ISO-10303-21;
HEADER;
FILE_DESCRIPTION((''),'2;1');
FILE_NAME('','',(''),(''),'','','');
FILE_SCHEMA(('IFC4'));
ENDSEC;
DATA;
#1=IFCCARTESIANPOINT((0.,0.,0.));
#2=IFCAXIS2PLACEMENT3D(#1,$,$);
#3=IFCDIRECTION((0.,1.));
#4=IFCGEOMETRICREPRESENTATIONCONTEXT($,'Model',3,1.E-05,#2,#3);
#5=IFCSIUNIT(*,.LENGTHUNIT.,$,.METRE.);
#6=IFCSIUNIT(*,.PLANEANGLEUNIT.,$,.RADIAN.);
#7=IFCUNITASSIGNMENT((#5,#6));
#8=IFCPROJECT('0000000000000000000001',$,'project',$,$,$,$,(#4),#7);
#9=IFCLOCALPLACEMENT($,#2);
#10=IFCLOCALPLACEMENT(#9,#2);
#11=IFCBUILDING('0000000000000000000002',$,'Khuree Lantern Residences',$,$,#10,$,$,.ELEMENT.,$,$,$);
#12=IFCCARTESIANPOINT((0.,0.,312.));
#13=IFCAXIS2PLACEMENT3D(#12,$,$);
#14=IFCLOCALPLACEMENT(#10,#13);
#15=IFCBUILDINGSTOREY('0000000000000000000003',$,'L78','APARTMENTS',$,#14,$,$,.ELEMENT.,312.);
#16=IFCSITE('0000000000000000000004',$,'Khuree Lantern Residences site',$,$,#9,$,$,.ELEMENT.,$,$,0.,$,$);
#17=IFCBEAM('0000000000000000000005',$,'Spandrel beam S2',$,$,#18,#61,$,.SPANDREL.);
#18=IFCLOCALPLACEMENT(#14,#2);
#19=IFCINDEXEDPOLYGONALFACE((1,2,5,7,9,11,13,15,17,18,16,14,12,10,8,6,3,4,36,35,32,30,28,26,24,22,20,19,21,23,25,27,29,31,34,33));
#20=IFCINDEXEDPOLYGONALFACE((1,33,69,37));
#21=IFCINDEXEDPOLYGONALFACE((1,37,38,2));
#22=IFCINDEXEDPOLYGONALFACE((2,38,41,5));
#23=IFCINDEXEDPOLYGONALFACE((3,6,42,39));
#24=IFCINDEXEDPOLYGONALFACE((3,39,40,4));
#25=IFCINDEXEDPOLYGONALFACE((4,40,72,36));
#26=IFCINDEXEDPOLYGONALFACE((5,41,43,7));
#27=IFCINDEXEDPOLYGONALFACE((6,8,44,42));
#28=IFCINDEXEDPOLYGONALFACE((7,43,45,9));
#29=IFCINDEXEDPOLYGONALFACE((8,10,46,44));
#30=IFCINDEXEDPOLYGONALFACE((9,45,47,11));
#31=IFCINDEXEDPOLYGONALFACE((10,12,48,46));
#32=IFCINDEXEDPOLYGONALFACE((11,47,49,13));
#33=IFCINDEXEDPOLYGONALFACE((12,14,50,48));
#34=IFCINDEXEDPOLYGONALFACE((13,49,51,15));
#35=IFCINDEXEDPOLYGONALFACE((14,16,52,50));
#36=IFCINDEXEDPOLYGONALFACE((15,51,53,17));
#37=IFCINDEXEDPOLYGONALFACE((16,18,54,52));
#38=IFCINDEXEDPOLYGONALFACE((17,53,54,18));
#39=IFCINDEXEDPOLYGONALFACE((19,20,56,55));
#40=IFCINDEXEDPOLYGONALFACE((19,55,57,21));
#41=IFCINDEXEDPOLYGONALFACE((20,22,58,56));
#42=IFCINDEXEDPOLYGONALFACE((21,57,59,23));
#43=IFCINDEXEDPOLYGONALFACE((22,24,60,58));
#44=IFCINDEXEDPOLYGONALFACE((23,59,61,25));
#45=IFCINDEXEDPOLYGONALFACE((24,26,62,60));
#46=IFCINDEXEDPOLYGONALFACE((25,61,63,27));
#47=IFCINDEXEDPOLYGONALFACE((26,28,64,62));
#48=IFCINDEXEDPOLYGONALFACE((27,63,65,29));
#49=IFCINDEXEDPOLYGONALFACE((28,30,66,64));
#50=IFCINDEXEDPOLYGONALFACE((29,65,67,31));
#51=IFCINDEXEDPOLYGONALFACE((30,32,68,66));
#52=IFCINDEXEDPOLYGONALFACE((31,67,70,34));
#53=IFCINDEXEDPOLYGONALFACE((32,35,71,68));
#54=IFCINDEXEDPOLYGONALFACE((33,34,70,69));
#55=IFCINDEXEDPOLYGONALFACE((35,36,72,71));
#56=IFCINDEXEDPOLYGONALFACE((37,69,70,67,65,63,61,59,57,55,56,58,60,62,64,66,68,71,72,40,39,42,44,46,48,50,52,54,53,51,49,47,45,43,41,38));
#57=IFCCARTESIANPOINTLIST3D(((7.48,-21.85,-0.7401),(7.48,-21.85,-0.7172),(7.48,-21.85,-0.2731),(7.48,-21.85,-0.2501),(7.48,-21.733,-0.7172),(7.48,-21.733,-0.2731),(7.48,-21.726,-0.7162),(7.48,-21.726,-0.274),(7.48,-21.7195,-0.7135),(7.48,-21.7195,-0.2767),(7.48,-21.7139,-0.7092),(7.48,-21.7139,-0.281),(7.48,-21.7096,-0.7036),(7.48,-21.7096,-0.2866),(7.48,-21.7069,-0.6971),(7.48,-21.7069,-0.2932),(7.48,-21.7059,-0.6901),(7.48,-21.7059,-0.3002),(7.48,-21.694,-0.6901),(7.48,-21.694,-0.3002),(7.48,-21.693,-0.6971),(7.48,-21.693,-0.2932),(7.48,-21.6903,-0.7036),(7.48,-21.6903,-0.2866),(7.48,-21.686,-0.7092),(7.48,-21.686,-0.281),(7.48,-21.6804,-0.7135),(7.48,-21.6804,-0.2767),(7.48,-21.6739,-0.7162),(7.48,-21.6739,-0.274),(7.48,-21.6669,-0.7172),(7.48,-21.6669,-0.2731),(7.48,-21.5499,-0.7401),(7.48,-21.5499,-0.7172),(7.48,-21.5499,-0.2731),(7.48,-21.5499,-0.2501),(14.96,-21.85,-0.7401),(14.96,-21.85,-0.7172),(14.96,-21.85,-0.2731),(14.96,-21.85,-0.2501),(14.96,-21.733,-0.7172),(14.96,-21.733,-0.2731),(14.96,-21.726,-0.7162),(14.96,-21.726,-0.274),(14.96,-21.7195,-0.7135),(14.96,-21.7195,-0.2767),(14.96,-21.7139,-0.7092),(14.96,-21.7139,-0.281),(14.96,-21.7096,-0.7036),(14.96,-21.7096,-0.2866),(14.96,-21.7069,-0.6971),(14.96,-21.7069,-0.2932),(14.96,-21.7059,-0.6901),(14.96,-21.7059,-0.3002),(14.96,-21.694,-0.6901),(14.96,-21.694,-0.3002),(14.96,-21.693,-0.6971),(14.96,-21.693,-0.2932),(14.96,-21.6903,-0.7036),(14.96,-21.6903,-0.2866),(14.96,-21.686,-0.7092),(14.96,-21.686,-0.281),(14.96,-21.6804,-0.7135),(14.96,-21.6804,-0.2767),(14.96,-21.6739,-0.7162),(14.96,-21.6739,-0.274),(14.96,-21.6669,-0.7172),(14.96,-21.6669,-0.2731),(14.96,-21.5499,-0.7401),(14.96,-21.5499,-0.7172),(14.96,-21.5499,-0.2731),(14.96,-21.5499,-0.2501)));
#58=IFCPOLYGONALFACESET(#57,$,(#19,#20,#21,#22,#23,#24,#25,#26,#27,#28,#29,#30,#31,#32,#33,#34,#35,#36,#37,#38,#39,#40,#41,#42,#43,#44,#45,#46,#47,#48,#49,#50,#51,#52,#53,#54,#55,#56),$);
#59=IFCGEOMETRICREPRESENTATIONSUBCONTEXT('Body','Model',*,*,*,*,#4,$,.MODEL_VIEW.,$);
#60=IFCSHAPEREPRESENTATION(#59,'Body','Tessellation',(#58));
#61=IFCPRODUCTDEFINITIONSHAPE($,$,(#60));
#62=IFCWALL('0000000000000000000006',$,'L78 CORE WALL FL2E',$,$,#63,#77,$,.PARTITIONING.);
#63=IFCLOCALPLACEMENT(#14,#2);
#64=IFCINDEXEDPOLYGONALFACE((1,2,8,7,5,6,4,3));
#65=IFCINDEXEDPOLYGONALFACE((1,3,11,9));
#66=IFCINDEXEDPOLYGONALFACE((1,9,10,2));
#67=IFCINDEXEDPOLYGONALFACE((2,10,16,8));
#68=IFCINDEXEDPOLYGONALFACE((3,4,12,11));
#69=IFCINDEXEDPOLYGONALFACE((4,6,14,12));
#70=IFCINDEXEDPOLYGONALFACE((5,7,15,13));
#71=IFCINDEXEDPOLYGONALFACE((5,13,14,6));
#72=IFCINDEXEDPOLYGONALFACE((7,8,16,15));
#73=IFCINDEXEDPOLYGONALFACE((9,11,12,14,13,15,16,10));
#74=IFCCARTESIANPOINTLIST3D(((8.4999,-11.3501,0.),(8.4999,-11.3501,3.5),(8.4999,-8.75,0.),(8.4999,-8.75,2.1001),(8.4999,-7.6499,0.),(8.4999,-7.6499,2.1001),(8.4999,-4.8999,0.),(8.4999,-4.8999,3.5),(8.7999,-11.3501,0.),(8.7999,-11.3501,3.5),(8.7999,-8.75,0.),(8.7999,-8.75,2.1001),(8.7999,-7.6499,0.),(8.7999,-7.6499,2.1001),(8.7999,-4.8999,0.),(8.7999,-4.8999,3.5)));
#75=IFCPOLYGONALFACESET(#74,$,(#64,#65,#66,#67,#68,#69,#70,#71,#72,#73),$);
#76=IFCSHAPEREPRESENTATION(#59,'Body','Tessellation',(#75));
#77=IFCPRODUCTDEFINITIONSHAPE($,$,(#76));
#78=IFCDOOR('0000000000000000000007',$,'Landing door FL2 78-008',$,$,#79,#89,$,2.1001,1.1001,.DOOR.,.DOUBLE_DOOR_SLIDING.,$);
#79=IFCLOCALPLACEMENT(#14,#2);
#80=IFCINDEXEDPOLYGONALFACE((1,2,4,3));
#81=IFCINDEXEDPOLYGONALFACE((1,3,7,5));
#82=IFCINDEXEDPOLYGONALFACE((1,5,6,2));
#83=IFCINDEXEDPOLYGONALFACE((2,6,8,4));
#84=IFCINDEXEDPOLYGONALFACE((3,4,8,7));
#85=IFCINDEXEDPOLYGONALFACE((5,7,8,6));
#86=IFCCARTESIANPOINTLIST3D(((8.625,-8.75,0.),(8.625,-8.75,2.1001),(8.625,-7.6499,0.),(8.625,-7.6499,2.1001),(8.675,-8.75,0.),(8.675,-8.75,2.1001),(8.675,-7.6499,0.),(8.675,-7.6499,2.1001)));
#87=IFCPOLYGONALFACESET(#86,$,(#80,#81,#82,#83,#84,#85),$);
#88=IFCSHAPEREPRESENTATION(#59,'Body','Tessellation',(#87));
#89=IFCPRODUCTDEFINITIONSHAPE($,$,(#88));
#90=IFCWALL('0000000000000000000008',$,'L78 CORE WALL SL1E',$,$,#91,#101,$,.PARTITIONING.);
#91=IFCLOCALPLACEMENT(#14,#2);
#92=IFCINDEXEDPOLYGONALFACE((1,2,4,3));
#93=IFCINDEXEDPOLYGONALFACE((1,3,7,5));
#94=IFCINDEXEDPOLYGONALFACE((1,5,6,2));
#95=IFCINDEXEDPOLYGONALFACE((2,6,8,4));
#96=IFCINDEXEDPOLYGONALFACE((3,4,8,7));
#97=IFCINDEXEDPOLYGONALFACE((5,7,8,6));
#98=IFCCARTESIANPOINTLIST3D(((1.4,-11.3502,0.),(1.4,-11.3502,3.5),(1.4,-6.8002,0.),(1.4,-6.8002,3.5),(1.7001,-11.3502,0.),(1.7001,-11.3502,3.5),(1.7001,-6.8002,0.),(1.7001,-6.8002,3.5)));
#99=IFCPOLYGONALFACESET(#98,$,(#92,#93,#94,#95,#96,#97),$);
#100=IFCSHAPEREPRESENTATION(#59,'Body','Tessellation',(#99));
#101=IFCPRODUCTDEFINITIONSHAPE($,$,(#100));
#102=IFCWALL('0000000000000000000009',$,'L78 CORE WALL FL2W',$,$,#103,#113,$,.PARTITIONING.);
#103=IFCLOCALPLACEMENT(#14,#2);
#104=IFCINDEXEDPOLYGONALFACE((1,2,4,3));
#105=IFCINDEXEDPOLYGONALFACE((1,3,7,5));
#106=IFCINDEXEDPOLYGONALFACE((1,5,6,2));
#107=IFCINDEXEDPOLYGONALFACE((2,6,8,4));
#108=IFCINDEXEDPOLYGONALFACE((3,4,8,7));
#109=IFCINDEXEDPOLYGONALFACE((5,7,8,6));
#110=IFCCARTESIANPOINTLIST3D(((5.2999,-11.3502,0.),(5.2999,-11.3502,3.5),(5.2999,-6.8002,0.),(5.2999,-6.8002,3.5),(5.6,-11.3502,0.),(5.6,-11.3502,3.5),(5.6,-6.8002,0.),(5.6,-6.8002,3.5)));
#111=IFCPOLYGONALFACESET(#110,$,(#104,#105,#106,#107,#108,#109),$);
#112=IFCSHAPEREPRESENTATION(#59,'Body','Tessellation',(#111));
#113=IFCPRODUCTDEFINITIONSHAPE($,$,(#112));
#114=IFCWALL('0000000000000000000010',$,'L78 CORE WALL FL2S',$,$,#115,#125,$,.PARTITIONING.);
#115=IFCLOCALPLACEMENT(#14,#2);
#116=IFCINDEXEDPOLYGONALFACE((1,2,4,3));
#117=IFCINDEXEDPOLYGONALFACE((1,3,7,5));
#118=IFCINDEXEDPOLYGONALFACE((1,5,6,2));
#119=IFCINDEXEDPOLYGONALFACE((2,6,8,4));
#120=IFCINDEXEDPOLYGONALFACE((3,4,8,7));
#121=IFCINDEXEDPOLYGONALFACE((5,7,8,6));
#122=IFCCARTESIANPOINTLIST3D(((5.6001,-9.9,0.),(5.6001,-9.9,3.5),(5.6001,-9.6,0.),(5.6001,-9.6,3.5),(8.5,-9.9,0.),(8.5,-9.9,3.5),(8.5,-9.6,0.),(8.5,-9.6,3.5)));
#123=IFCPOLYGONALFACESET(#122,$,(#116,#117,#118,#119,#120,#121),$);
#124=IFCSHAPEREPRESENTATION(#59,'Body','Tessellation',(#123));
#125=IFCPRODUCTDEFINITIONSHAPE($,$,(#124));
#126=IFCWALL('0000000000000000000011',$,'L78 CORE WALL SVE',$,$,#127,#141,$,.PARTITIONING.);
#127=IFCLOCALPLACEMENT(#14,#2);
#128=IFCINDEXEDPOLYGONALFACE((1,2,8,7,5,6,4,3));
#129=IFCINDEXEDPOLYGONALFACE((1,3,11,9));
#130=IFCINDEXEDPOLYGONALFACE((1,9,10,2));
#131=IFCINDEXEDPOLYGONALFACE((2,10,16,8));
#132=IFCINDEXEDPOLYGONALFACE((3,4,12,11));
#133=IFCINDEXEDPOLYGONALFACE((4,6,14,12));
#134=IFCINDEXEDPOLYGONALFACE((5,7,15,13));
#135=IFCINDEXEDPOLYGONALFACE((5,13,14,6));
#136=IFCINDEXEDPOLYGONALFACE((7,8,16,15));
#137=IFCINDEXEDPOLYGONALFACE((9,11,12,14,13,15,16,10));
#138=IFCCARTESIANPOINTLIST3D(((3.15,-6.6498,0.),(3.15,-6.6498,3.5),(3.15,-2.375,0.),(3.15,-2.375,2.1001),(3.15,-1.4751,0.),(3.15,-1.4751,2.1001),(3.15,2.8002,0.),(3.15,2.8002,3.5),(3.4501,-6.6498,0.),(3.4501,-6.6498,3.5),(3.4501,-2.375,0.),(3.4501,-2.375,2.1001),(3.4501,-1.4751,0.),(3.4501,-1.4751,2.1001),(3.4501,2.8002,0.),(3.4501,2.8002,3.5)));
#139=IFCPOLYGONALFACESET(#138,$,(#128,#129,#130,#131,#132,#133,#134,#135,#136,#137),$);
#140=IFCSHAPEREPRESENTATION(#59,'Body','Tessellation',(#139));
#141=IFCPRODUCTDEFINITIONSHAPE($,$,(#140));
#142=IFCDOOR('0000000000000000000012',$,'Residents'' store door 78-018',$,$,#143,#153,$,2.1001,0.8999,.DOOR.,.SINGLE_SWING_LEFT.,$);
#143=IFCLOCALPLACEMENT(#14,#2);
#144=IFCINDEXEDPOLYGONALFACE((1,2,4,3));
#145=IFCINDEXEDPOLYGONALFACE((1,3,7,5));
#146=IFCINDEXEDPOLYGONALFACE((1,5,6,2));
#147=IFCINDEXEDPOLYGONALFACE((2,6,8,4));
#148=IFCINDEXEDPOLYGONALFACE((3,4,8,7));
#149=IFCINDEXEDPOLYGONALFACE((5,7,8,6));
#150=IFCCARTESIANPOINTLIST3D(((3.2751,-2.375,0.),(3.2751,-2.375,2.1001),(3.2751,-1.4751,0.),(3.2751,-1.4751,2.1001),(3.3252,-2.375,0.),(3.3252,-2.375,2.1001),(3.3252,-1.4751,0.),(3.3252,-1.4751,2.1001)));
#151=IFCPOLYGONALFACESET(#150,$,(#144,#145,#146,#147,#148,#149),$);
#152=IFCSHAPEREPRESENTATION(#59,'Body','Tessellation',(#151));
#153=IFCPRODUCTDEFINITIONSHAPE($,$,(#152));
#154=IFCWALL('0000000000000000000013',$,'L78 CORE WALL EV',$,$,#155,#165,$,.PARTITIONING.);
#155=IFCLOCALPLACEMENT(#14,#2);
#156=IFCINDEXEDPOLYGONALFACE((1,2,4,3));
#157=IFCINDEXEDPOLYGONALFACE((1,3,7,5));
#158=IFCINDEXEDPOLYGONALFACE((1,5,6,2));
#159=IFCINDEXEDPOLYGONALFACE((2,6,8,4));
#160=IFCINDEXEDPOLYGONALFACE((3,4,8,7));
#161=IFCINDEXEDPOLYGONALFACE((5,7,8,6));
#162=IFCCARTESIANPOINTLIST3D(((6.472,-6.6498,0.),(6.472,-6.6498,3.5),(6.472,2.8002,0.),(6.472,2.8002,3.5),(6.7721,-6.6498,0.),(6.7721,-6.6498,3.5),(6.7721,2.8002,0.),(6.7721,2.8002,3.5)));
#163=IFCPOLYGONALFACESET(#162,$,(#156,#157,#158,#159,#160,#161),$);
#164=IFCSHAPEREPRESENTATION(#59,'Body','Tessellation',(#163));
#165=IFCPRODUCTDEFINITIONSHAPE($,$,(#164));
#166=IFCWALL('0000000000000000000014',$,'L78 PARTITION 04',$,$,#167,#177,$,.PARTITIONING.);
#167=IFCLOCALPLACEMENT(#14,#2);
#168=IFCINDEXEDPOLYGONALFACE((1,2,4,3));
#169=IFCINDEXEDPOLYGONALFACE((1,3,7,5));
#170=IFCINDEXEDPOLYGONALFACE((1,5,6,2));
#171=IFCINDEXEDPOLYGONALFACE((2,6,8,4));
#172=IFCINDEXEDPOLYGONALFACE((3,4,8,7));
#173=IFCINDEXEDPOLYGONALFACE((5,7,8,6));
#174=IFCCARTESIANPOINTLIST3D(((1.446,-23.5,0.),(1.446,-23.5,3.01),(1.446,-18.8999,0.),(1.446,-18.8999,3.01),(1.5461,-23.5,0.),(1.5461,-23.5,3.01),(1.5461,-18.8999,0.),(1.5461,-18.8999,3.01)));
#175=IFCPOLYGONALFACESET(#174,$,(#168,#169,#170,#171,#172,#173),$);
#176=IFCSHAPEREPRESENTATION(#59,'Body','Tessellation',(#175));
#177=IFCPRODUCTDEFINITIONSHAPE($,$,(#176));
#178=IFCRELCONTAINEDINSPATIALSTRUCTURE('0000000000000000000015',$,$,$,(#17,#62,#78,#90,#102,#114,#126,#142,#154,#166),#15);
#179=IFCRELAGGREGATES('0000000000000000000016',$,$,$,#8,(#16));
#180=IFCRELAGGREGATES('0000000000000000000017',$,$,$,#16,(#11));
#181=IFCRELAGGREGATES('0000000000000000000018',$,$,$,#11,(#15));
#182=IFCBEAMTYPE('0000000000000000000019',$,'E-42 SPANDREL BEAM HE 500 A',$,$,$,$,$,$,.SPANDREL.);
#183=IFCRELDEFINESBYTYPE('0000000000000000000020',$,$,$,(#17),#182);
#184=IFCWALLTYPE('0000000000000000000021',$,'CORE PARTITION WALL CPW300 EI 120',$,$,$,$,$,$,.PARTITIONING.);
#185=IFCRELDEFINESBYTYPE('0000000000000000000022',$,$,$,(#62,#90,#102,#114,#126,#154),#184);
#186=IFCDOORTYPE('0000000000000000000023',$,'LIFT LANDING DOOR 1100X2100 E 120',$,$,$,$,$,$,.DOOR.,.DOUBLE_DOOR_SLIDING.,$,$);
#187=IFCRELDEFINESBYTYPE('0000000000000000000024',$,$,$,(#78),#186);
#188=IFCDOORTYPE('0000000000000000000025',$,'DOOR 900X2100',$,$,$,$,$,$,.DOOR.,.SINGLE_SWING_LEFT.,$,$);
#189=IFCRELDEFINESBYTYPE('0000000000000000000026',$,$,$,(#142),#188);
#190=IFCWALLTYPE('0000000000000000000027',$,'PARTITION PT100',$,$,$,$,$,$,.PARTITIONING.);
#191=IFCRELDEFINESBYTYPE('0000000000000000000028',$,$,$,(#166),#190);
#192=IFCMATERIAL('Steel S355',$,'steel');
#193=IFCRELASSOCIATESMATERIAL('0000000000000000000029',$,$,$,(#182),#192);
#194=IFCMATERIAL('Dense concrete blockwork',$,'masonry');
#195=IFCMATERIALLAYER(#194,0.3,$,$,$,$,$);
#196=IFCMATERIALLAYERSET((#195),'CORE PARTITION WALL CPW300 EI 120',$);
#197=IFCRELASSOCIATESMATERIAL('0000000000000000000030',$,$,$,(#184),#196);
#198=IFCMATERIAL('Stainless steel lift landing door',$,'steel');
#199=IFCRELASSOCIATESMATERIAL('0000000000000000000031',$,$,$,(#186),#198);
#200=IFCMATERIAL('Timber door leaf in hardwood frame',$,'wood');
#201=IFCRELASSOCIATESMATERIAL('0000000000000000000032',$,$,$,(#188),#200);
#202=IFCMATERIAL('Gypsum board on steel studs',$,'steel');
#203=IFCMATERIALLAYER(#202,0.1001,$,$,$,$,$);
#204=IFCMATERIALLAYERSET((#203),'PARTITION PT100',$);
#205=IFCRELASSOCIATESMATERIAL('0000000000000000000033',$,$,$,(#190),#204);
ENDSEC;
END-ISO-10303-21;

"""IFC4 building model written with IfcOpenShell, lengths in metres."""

from ifc_helpers import new_model, si_unit, direction, frame, frame_2d, origin, origin_2d, place, context, subcontext, project, spatial, rectangle, i_section, extrude, material, layer, layer_set, material_profile, profile_set, type_object, element, fill, save


model = new_model("IFC4")

# Units and contexts
model_context = context("Model", 3, precision=1e-05, world=origin(), true_north=direction((0.0, 1.0)))
body_context = subcontext(model_context, "Body", "Model", "MODEL_VIEW")
ifc_project = project(units=[si_unit("LENGTHUNIT", "METRE"), si_unit("PLANEANGLEUNIT", "RADIAN")], contexts=[model_context])

# Site, building, storey
site_placement = place(None, origin())
site = spatial("IfcSite", under=ifc_project, at=site_placement, Name="Khuree Lantern Residences site", CompositionType="ELEMENT", RefElevation=0.0)
building_placement = place(site_placement, origin())
building = spatial("IfcBuilding", under=site, at=building_placement, Name="Khuree Lantern Residences", CompositionType="ELEMENT")
storey_placement = place(building_placement, frame((0.0, 0.0, 312.0)))
storey = spatial("IfcBuildingStorey", under=building, at=storey_placement, Name="L78", Description="APARTMENTS", CompositionType="ELEMENT", Elevation=312.0)

# Beam
ifc_material_1 = material(Name="Steel S355", Category="steel")
ifc_material_profile = material_profile(ifc_material_1, i_section(OverallWidth=0.3, OverallDepth=0.49, WebThickness=0.012, FlangeThickness=0.0229, FilletRadius=0.0271, at=origin_2d()), Name="HE 500 A")
ifc_profile_set = profile_set([ifc_material_profile], Name="Steel S355")
beam_type = type_object("IfcBeamType", Name="E-42 SPANDREL BEAM HE 500 A", PredefinedType="SPANDREL", material=ifc_profile_set)
beam_placement = place(storey_placement, frame((14.96, -21.7, -0.4951), z_axis=(-1.0, 0.0, 0.0), x_axis=(0.0, -1.0, 0.0)))
element("IfcBeam", 1, at=beam_placement, inside=storey, type_object=beam_type, Name="Spandrel beam S2", PredefinedType="SPANDREL", context=body_context, shape_type="SweptSolid", body=[
    extrude(i_section(OverallWidth=0.3, OverallDepth=0.49, WebThickness=0.012, FlangeThickness=0.0229, FilletRadius=0.0271, at=origin_2d()), origin(), (0.0, 0.0, 1.0), 7.48),
])

# Wall, opening, door
ifc_material_2 = material(Name="Dense concrete blockwork", Category="masonry")
ifc_layer_1 = layer(ifc_material_2, 0.3)
ifc_layer_set_1 = layer_set([ifc_layer_1], Name="CORE PARTITION WALL CPW300 EI 120")
wall_type_1 = type_object("IfcWallType", Name="CORE PARTITION WALL CPW300 EI 120", PredefinedType="PARTITIONING", material=ifc_layer_set_1)
wall_1_placement = place(storey_placement, frame((8.6499, -11.3501, 0.0), z_axis=(0.0, 0.0, 1.0), x_axis=(0.0, 1.0, 0.0)))
wall_1 = element("IfcWall", 2, at=wall_1_placement, inside=storey, type_object=wall_type_1, Name="L78 CORE WALL FL2E", PredefinedType="PARTITIONING", context=body_context, shape_type="SweptSolid", body=[
    extrude(rectangle(XDim=6.4502, YDim=0.3, at=frame_2d((3.2251, 0.0))), origin(), (0.0, 0.0, 1.0), 3.5),
])
opening_1_placement = place(wall_1_placement, frame((2.6001, 0.0, 0.0)))
opening_1 = element("IfcOpeningElement", 3, at=opening_1_placement, cuts=wall_1, PredefinedType="OPENING", context=body_context, shape_type="SweptSolid", body=[
    extrude(rectangle(XDim=1.1001, YDim=2.1001, at=frame_2d((0.55, 1.05))), frame((0.0, 0.1602, 0.0), z_axis=(0.0, -1.0, 0.0), x_axis=(1.0, 0.0, 0.0)), (0.0, 0.0, 1.0), 0.3201),
])
ifc_material_3 = material(Name="Stainless steel lift landing door", Category="steel")
door_type_1 = type_object("IfcDoorType", Name="LIFT LANDING DOOR 1100X2100 E 120", OperationType="DOUBLE_DOOR_SLIDING", PredefinedType="DOOR", material=ifc_material_3)
door_1_placement = place(opening_1_placement, origin())
door_1 = element("IfcDoor", 4, at=door_1_placement, inside=storey, type_object=door_type_1, Name="Landing door FL2 78-008", OperationType="DOUBLE_DOOR_SLIDING", OverallHeight=2.1001, OverallWidth=1.1001, PredefinedType="DOOR", context=body_context, shape_type="SweptSolid", body=[
    extrude(rectangle(XDim=1.1001, YDim=2.1001, at=frame_2d((0.55, 1.05))), frame((0.0, 0.0249, 0.0), z_axis=(0.0, -1.0, 0.0), x_axis=(1.0, 0.0, 0.0)), (0.0, 0.0, 1.0), 0.05),
])
fill(opening_1, door_1)

# Walls
for number, where, z_axis, x_axis, name in (
    (5, (1.55, -11.3501, 0.0), (0.0, 0.0, 1.0), (0.0, 1.0, 0.0), "L78 CORE WALL SL1E"),
    (6, (5.45, -11.3501, 0.0), (0.0, 0.0, 1.0), (0.0, 1.0, 0.0), "L78 CORE WALL FL2W"),
):
    element("IfcWall", number, at=place(storey_placement, frame(where, z_axis=z_axis, x_axis=x_axis)), inside=storey, type_object=wall_type_1, Name=name, PredefinedType="PARTITIONING", context=body_context, shape_type="SweptSolid", body=[
        extrude(rectangle(XDim=4.55, YDim=0.3, at=frame_2d((2.2749, 0.0))), origin(), (0.0, 0.0, 1.0), 3.5),
    ])
wall_2_placement = place(storey_placement, frame((5.6001, -9.75, 0.0), z_axis=(0.0, 0.0, 1.0), x_axis=(1.0, 0.0, 0.0)))
element("IfcWall", 7, at=wall_2_placement, inside=storey, type_object=wall_type_1, Name="L78 CORE WALL FL2S", PredefinedType="PARTITIONING", context=body_context, shape_type="SweptSolid", body=[
    extrude(rectangle(XDim=2.8999, YDim=0.3, at=frame_2d((1.45, 0.0))), origin(), (0.0, 0.0, 1.0), 3.5),
])

# Wall, opening, door
wall_3_placement = place(storey_placement, frame((3.3, -6.6499, 0.0), z_axis=(0.0, 0.0, 1.0), x_axis=(0.0, 1.0, 0.0)))
wall_3 = element("IfcWall", 8, at=wall_3_placement, inside=storey, type_object=wall_type_1, Name="L78 CORE WALL SVE", PredefinedType="PARTITIONING", context=body_context, shape_type="SweptSolid", body=[
    extrude(rectangle(XDim=9.45, YDim=0.3, at=frame_2d((4.7251, 0.0))), origin(), (0.0, 0.0, 1.0), 3.5),
])
opening_2_placement = place(wall_3_placement, frame((4.2749, 0.0, 0.0)))
opening_2 = element("IfcOpeningElement", 9, at=opening_2_placement, cuts=wall_3, PredefinedType="OPENING", context=body_context, shape_type="SweptSolid", body=[
    extrude(rectangle(XDim=0.8999, YDim=2.1001, at=frame_2d((0.45, 1.05))), frame((0.0, 0.1602, 0.0), z_axis=(0.0, -1.0, 0.0), x_axis=(1.0, 0.0, 0.0)), (0.0, 0.0, 1.0), 0.3201),
])
ifc_material_4 = material(Name="Timber door leaf in hardwood frame", Category="wood")
door_type_2 = type_object("IfcDoorType", Name="DOOR 900X2100", OperationType="SINGLE_SWING_LEFT", PredefinedType="DOOR", material=ifc_material_4)
door_2_placement = place(opening_2_placement, origin())
door_2 = element("IfcDoor", 10, at=door_2_placement, inside=storey, type_object=door_type_2, Name="Residents' store door 78-018", OperationType="SINGLE_SWING_LEFT", OverallHeight=2.1001, OverallWidth=0.8999, PredefinedType="DOOR", context=body_context, shape_type="SweptSolid", body=[
    extrude(rectangle(XDim=0.8999, YDim=2.1001, at=frame_2d((0.45, 1.05))), frame((0.0, 0.0249, 0.0), z_axis=(0.0, -1.0, 0.0), x_axis=(1.0, 0.0, 0.0)), (0.0, 0.0, 1.0), 0.05),
])
fill(opening_2, door_2)

# Walls
wall_4_placement = place(storey_placement, frame((6.6221, -6.6499, 0.0), z_axis=(0.0, 0.0, 1.0), x_axis=(0.0, 1.0, 0.0)))
element("IfcWall", 11, at=wall_4_placement, inside=storey, type_object=wall_type_1, Name="L78 CORE WALL EV", PredefinedType="PARTITIONING", context=body_context, shape_type="SweptSolid", body=[
    extrude(rectangle(XDim=9.45, YDim=0.3, at=frame_2d((4.7251, 0.0))), origin(), (0.0, 0.0, 1.0), 3.5),
])
ifc_material_5 = material(Name="Gypsum board on steel studs", Category="steel")
ifc_layer_2 = layer(ifc_material_5, 0.1001)
ifc_layer_set_2 = layer_set([ifc_layer_2], Name="PARTITION PT100")
wall_type_2 = type_object("IfcWallType", Name="PARTITION PT100", PredefinedType="PARTITIONING", material=ifc_layer_set_2)
for number, where, z_axis, x_axis, name in (
    (12, (1.4961, -18.8999, 0.0), (0.0, 0.0, 1.0), (0.0, -1.0, 0.0), "L78 PARTITION 04"),
):
    element("IfcWall", number, at=place(storey_placement, frame(where, z_axis=z_axis, x_axis=x_axis)), inside=storey, type_object=wall_type_2, Name=name, PredefinedType="PARTITIONING", context=body_context, shape_type="SweptSolid", body=[
        extrude(rectangle(XDim=4.6001, YDim=0.1001, at=frame_2d((2.3, 0.0))), origin(), (0.0, 0.0, 1.0), 3.01),
    ])

save(model, "model.ifc")
